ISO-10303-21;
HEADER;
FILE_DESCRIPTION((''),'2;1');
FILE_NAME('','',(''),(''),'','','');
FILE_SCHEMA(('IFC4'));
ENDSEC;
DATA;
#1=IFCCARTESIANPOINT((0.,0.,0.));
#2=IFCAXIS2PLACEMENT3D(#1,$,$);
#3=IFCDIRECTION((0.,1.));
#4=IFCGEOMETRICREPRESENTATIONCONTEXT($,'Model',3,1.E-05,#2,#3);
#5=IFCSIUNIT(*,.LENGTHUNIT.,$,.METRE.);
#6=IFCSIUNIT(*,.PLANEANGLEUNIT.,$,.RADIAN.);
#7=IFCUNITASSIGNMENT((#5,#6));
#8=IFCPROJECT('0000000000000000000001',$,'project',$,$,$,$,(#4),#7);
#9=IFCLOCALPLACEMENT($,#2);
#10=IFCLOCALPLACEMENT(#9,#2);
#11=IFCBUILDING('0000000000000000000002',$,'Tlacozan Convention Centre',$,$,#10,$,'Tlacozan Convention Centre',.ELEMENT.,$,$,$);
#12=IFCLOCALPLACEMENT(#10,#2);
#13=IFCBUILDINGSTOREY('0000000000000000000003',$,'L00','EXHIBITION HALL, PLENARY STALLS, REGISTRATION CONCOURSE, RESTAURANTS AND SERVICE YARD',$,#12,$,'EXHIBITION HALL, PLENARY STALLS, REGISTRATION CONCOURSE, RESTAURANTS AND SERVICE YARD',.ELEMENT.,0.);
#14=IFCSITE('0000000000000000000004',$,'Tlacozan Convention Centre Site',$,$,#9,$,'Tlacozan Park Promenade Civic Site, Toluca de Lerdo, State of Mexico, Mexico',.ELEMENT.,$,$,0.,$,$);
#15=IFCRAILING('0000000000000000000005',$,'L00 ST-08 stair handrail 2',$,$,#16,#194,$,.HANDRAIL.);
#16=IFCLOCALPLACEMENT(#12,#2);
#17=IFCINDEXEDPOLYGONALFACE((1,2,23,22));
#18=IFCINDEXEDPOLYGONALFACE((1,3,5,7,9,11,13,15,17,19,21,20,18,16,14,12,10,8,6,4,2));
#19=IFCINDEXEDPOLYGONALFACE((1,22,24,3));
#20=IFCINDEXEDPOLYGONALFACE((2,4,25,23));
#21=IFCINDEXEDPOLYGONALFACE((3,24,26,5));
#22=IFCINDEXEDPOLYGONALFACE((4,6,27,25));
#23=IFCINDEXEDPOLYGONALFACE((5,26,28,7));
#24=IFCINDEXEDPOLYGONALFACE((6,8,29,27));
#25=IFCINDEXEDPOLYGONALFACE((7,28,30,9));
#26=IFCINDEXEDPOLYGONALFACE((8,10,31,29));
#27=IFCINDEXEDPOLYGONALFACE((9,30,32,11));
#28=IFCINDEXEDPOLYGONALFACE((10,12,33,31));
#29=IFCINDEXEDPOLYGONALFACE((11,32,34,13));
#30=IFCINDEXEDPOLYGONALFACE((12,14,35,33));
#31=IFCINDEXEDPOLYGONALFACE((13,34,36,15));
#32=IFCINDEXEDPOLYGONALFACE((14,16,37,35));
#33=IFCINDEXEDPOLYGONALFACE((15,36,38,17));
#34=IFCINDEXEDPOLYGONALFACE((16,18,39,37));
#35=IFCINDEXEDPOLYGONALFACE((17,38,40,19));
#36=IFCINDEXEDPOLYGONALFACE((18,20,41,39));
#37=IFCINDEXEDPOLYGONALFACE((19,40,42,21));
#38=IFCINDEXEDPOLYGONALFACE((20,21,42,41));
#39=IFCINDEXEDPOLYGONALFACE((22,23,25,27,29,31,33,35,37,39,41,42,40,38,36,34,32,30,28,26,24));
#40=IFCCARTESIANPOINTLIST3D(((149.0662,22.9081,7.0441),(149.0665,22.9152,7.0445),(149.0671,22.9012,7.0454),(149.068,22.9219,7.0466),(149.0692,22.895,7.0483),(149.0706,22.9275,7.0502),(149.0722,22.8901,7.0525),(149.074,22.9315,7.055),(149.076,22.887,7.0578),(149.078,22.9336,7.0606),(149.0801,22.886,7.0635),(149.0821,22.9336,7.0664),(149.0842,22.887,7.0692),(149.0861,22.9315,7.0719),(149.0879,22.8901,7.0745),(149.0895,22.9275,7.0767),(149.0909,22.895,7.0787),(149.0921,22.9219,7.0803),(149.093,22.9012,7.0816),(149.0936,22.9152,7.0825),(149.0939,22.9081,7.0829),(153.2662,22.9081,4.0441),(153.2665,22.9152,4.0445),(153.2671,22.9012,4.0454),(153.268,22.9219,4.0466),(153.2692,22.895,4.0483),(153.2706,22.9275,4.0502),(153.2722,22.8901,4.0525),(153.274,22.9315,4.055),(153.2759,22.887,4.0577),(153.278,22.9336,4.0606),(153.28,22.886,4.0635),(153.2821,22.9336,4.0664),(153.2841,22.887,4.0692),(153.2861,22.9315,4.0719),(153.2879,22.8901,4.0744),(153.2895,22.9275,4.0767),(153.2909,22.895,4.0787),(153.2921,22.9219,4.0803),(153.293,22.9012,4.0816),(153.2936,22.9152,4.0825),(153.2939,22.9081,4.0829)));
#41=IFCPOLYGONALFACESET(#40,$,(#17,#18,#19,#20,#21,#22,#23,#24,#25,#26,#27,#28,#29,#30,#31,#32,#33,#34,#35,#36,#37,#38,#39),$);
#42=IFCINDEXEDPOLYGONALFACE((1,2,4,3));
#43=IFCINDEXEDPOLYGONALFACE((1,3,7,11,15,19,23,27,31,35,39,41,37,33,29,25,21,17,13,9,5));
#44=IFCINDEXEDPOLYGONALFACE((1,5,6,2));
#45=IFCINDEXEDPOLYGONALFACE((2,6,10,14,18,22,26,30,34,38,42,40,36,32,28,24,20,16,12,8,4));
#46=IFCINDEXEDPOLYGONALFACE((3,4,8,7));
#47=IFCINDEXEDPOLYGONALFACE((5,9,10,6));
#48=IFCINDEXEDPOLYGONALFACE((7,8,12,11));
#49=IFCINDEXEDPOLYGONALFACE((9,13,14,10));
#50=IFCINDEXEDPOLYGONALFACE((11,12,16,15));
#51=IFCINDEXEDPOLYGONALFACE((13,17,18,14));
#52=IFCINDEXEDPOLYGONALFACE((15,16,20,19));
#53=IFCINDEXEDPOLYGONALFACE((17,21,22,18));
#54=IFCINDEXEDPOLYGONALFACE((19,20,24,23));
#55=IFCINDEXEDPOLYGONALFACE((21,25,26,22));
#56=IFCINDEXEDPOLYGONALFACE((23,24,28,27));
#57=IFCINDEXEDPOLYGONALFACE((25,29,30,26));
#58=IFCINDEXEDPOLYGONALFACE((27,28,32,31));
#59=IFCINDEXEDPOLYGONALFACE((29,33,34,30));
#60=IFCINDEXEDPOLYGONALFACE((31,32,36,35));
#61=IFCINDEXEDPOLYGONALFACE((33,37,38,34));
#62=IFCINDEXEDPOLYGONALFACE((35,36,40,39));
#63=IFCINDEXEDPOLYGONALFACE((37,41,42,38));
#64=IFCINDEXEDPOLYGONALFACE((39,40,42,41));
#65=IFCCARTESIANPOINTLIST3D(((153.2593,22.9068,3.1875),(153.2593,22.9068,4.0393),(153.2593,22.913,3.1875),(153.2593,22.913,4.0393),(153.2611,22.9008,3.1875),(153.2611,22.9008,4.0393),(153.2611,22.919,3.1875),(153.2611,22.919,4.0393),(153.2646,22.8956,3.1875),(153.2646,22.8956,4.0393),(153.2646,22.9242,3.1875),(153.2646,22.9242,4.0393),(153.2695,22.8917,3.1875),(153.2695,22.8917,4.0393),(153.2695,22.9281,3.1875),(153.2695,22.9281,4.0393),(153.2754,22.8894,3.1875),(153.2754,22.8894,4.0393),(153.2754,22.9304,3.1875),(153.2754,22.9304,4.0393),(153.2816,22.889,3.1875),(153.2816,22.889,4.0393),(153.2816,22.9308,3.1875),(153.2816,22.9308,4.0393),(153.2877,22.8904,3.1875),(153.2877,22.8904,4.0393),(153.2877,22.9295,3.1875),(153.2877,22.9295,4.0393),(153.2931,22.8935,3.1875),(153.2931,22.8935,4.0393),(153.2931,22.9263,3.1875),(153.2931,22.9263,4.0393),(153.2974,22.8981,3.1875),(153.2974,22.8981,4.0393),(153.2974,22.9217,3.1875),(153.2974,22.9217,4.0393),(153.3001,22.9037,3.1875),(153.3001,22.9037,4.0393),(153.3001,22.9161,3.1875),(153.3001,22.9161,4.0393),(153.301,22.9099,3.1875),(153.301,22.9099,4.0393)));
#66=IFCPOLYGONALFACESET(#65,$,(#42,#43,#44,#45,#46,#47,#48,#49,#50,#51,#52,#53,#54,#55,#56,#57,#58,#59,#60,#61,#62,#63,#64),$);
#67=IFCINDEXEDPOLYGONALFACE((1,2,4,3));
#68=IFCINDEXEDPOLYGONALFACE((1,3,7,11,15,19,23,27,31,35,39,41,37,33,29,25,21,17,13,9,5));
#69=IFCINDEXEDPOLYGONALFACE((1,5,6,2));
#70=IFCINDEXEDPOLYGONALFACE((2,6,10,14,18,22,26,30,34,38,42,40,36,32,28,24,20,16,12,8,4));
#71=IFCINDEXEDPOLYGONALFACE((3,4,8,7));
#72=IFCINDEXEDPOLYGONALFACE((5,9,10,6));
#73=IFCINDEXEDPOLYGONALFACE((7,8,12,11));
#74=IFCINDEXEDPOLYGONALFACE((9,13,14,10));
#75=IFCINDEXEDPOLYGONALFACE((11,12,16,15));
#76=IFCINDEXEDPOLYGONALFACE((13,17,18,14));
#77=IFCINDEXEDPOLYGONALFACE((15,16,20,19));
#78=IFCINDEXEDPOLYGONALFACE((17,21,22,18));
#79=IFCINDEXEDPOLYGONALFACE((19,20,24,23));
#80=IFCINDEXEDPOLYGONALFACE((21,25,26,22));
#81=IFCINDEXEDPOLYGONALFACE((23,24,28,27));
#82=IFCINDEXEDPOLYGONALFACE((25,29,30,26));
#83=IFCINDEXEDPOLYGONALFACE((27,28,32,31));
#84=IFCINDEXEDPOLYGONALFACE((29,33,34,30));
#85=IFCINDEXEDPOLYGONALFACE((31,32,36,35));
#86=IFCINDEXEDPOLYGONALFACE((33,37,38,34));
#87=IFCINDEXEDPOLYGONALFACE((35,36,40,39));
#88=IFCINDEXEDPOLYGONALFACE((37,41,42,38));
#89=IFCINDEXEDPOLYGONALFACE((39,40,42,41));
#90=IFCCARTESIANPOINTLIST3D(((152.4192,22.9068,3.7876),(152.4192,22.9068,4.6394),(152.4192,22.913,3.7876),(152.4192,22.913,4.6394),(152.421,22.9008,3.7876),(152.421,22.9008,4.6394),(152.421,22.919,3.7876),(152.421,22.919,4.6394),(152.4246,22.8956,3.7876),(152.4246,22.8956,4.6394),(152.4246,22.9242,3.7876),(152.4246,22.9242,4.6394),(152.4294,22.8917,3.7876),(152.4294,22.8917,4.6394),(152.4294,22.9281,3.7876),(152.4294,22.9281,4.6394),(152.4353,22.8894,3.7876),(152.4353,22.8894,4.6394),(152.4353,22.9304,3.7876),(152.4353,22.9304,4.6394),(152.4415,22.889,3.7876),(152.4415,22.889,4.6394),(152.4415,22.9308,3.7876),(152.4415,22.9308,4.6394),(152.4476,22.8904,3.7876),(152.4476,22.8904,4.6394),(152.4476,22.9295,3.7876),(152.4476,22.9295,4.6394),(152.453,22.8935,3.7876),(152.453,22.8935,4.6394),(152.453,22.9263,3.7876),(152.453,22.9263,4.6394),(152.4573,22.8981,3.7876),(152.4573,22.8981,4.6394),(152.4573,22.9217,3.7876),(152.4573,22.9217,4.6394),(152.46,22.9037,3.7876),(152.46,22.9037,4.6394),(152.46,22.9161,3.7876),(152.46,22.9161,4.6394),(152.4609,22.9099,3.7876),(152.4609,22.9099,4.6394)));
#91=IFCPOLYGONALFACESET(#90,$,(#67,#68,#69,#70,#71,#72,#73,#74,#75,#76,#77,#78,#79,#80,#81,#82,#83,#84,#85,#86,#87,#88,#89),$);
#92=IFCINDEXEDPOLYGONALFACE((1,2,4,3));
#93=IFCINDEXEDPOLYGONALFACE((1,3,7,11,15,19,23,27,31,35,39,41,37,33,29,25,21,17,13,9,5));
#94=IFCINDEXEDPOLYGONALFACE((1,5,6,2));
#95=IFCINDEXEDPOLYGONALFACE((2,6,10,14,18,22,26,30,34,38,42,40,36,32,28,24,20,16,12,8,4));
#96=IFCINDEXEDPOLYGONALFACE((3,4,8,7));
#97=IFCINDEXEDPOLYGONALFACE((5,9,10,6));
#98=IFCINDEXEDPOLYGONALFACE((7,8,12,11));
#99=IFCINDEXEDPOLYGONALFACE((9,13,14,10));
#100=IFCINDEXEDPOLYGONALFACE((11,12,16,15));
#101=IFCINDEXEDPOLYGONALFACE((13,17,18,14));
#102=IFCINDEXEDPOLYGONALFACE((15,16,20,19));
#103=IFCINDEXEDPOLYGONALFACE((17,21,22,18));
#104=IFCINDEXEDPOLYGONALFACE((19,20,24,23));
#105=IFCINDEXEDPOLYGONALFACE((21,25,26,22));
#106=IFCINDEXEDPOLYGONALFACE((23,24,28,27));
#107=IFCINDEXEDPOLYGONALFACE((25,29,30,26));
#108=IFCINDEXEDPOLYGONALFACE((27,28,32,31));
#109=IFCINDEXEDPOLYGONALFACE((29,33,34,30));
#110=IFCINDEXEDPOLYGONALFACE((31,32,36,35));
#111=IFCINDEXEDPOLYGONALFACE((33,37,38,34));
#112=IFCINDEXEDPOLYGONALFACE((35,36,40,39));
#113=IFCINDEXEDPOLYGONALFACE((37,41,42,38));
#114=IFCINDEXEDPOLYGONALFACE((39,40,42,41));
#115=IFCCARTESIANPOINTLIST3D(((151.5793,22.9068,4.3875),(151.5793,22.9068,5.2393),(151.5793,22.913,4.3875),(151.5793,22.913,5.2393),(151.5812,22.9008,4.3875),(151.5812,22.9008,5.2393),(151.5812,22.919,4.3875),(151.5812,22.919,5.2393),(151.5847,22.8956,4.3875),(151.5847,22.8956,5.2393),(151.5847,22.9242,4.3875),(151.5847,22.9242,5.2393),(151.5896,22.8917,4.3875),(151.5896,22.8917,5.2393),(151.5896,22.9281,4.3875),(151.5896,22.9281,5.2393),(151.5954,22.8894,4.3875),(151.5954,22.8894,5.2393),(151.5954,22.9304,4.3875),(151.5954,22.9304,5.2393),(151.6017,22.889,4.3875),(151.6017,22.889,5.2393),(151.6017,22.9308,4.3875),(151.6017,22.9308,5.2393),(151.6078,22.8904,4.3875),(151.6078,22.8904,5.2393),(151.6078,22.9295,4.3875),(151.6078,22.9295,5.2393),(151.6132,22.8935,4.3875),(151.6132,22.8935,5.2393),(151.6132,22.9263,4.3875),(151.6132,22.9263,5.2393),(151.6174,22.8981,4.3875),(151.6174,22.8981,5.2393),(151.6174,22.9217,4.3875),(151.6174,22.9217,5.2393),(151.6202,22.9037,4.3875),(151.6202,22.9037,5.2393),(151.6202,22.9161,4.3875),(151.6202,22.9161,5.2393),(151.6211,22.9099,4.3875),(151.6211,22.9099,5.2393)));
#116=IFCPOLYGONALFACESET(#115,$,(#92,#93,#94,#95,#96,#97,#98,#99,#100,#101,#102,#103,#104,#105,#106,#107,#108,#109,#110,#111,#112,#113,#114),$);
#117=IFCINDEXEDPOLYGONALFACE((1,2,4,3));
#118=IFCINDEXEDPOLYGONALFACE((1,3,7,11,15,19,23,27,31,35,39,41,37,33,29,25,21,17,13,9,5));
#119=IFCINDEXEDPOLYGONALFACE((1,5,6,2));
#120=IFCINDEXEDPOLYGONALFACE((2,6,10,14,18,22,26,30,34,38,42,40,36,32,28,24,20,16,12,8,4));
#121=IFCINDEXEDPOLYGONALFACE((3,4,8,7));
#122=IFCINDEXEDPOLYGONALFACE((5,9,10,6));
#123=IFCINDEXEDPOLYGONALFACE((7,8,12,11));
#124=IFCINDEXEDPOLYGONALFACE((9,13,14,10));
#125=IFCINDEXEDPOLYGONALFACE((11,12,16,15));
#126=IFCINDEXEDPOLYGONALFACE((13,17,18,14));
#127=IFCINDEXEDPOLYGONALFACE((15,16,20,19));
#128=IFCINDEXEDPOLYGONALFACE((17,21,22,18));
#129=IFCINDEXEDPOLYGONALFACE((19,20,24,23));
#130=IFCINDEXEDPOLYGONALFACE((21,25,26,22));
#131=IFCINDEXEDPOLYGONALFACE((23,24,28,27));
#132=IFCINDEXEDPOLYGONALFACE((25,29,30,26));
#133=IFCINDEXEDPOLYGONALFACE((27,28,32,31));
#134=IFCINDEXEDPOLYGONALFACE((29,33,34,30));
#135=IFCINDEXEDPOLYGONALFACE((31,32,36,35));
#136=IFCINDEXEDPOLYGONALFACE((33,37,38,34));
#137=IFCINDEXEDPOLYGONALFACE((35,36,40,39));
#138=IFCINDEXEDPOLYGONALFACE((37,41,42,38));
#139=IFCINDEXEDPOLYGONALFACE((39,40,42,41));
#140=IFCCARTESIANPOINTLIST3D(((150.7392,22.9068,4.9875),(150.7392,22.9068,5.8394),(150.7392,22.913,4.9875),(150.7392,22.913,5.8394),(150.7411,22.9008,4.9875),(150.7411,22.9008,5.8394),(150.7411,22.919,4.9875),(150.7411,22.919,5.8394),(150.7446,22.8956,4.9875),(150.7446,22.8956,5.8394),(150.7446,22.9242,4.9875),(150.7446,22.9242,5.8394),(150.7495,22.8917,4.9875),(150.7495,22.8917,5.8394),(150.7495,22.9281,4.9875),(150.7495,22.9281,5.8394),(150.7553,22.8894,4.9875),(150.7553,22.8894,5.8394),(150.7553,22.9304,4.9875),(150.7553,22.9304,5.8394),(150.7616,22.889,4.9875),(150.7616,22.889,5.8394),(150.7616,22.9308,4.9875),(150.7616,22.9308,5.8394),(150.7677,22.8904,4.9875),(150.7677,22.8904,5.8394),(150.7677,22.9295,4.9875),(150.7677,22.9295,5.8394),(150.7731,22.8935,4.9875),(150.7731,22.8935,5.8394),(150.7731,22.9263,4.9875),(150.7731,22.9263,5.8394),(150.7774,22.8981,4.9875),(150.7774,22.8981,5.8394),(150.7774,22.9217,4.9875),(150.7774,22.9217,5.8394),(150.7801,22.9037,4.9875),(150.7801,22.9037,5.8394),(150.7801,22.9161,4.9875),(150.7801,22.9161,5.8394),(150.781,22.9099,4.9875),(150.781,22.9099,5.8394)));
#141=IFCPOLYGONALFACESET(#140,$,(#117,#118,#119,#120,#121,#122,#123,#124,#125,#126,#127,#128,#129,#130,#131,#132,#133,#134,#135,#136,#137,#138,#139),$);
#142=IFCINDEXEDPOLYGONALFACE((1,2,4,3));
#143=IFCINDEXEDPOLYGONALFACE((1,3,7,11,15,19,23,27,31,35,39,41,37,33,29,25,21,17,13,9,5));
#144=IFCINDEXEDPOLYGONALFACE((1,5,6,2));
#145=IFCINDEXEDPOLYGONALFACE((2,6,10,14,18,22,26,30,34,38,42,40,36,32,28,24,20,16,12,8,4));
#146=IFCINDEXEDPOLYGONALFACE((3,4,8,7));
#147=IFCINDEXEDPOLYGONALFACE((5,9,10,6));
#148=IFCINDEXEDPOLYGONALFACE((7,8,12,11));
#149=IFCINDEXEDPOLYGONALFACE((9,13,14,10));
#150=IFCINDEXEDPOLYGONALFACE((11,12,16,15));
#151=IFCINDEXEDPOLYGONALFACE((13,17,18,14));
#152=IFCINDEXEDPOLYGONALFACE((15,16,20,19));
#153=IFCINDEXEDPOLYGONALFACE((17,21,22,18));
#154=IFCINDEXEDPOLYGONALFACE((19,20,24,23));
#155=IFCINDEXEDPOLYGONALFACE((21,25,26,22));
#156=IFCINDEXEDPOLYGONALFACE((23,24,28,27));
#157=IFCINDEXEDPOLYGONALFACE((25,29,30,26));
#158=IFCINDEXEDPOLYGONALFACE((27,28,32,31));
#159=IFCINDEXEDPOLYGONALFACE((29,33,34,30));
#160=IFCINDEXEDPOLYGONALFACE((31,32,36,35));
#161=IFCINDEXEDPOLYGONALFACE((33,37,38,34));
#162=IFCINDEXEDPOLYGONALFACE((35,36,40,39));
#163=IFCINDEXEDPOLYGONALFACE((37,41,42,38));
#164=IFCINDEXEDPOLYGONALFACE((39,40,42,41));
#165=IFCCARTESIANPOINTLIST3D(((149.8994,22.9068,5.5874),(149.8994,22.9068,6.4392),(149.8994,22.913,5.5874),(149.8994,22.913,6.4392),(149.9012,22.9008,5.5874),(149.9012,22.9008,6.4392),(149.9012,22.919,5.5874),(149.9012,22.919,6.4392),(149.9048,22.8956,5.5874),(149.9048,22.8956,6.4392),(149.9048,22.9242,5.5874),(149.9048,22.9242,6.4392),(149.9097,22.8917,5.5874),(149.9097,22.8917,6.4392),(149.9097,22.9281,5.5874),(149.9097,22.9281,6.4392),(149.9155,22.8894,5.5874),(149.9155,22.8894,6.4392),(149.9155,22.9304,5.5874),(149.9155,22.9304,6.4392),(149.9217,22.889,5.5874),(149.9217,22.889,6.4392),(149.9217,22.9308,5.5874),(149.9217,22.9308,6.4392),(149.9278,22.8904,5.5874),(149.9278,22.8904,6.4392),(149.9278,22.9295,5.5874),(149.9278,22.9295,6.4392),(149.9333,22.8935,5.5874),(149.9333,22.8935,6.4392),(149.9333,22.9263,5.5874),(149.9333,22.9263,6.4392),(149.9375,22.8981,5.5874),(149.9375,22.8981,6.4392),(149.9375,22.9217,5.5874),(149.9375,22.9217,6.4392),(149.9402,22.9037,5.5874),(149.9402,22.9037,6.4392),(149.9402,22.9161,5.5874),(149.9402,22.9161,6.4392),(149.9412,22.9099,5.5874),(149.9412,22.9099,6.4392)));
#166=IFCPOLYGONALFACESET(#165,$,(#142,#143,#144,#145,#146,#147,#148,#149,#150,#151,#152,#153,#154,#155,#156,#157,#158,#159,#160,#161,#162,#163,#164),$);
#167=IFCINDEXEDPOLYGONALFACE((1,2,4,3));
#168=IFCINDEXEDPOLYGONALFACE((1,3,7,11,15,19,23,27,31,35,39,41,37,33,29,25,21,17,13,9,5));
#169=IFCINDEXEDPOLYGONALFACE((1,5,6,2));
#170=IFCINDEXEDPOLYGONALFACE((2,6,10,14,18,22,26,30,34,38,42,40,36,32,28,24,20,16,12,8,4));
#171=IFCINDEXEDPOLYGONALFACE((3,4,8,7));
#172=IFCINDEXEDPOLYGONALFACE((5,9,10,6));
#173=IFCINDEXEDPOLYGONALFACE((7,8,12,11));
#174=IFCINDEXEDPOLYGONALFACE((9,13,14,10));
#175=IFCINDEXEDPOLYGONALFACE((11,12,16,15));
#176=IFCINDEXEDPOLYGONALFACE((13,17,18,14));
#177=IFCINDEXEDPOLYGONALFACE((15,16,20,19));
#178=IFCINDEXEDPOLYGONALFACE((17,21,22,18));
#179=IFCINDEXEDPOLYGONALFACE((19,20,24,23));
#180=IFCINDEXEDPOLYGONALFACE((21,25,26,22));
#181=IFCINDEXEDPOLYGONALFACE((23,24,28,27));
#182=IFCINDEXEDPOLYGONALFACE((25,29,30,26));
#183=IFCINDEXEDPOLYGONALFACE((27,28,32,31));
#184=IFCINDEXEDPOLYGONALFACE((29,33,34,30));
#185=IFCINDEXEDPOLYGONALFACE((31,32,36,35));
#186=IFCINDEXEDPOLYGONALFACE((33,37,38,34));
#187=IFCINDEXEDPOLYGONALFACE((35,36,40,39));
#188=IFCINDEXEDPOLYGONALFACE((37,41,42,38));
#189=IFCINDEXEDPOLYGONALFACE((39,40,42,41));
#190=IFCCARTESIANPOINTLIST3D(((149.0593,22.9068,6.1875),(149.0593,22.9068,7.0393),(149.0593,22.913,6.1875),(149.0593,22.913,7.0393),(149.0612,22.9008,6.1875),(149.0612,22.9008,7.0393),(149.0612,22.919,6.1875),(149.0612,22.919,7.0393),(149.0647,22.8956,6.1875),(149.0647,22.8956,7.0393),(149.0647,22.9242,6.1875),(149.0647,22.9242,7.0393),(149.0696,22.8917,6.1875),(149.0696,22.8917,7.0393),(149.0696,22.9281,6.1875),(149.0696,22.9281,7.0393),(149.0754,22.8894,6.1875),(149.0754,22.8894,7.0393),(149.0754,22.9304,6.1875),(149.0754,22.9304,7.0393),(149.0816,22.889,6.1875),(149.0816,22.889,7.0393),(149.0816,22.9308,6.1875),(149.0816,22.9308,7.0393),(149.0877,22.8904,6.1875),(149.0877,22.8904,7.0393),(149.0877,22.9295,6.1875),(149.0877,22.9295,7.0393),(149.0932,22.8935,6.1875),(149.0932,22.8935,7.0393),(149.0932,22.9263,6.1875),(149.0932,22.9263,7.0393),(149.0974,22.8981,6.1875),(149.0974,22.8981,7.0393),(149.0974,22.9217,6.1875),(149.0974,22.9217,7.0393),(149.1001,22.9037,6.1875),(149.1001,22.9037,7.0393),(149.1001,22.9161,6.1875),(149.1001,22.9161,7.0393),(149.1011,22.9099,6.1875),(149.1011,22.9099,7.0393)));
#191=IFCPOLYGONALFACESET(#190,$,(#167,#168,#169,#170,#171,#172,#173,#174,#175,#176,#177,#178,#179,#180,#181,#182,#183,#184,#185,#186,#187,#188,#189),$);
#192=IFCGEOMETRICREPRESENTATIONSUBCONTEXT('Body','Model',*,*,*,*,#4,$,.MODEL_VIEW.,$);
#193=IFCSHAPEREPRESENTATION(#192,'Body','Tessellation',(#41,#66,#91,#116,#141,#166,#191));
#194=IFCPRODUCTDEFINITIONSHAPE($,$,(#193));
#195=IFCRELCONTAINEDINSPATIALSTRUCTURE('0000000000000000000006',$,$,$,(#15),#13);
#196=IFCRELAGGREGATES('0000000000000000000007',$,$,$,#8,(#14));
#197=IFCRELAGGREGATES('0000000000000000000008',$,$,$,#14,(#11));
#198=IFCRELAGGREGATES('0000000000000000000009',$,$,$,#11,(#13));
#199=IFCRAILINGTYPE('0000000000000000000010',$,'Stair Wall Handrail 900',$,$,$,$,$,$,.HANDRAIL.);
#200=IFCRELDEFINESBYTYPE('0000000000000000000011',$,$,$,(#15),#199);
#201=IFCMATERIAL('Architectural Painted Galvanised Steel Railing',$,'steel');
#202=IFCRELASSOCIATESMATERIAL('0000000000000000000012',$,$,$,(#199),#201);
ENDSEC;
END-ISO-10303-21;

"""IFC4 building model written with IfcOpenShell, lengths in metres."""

from ifc_helpers import new_model, si_unit, direction, frame, origin, origin_2d, place, context, subcontext, project, spatial, circle, extrude, material, type_object, element, save


model = new_model("IFC4")

# Units and contexts
model_context = context("Model", 3, precision=1e-05, world=origin(), true_north=direction((0.0, 1.0)))
body_context = subcontext(model_context, "Body", "Model", "MODEL_VIEW")
ifc_project = project(units=[si_unit("LENGTHUNIT", "METRE"), si_unit("PLANEANGLEUNIT", "RADIAN")], contexts=[model_context])

# Site, building, storey
site_placement = place(None, origin())
site = spatial("IfcSite", under=ifc_project, at=site_placement, Name="Tlacozan Convention Centre Site", LongName="Tlacozan Park Promenade Civic Site, Toluca de Lerdo, State of Mexico, Mexico", CompositionType="ELEMENT", RefElevation=0.0)
building_placement = place(site_placement, origin())
building = spatial("IfcBuilding", under=site, at=building_placement, Name="Tlacozan Convention Centre", LongName="Tlacozan Convention Centre", CompositionType="ELEMENT")
storey_placement = place(building_placement, origin())
storey = spatial("IfcBuildingStorey", under=building, at=storey_placement, Name="L00", Description="EXHIBITION HALL, PLENARY STALLS, REGISTRATION CONCOURSE, RESTAURANTS AND SERVICE YARD", LongName="EXHIBITION HALL, PLENARY STALLS, REGISTRATION CONCOURSE, RESTAURANTS AND SERVICE YARD", CompositionType="ELEMENT", Elevation=0.0)

# Railing
ifc_material_1 = material(Name="Architectural Painted Galvanised Steel Railing", Category="steel")
railing_type_1 = type_object("IfcRailingType", Name="Stair Wall Handrail 900", PredefinedType="HANDRAIL", material=ifc_material_1)
railing_1_placement = place(storey_placement, frame((153.28, 22.9099, 3.1875)))
element("IfcRailing", 1, at=railing_1_placement, inside=storey, type_object=railing_type_1, Name="L00 ST-08 stair handrail 2", PredefinedType="HANDRAIL", context=body_context, shape_type="SweptSolid", body=[
    extrude(circle(Radius=0.0239, at=origin_2d()), frame((0.0, 0.0, 0.876), z_axis=(-0.81373, 0.0, 0.581243), x_axis=(0.0, -1.0, 0.0)), (0.0, 0.0, 1.0), 5.1614),
    extrude(circle(Radius=0.021, at=origin_2d()), origin(), (0.0, 0.0, 1.0), 0.8518),
    extrude(circle(Radius=0.021, at=origin_2d()), frame((-0.8401, 0.0, 0.6001)), (0.0, 0.0, 1.0), 0.8518),
    extrude(circle(Radius=0.021, at=origin_2d()), frame((-1.6799, 0.0, 1.2)), (0.0, 0.0, 1.0), 0.8518),
    extrude(circle(Radius=0.021, at=origin_2d()), frame((-2.52, 0.0, 1.8)), (0.0, 0.0, 1.0), 0.8518),
    extrude(circle(Radius=0.021, at=origin_2d()), frame((-3.3599, 0.0, 2.3999)), (0.0, 0.0, 1.0), 0.8518),
    extrude(circle(Radius=0.021, at=origin_2d()), frame((-4.2, 0.0, 3.0)), (0.0, 0.0, 1.0), 0.8518),
])

save(model, "model.ifc")
